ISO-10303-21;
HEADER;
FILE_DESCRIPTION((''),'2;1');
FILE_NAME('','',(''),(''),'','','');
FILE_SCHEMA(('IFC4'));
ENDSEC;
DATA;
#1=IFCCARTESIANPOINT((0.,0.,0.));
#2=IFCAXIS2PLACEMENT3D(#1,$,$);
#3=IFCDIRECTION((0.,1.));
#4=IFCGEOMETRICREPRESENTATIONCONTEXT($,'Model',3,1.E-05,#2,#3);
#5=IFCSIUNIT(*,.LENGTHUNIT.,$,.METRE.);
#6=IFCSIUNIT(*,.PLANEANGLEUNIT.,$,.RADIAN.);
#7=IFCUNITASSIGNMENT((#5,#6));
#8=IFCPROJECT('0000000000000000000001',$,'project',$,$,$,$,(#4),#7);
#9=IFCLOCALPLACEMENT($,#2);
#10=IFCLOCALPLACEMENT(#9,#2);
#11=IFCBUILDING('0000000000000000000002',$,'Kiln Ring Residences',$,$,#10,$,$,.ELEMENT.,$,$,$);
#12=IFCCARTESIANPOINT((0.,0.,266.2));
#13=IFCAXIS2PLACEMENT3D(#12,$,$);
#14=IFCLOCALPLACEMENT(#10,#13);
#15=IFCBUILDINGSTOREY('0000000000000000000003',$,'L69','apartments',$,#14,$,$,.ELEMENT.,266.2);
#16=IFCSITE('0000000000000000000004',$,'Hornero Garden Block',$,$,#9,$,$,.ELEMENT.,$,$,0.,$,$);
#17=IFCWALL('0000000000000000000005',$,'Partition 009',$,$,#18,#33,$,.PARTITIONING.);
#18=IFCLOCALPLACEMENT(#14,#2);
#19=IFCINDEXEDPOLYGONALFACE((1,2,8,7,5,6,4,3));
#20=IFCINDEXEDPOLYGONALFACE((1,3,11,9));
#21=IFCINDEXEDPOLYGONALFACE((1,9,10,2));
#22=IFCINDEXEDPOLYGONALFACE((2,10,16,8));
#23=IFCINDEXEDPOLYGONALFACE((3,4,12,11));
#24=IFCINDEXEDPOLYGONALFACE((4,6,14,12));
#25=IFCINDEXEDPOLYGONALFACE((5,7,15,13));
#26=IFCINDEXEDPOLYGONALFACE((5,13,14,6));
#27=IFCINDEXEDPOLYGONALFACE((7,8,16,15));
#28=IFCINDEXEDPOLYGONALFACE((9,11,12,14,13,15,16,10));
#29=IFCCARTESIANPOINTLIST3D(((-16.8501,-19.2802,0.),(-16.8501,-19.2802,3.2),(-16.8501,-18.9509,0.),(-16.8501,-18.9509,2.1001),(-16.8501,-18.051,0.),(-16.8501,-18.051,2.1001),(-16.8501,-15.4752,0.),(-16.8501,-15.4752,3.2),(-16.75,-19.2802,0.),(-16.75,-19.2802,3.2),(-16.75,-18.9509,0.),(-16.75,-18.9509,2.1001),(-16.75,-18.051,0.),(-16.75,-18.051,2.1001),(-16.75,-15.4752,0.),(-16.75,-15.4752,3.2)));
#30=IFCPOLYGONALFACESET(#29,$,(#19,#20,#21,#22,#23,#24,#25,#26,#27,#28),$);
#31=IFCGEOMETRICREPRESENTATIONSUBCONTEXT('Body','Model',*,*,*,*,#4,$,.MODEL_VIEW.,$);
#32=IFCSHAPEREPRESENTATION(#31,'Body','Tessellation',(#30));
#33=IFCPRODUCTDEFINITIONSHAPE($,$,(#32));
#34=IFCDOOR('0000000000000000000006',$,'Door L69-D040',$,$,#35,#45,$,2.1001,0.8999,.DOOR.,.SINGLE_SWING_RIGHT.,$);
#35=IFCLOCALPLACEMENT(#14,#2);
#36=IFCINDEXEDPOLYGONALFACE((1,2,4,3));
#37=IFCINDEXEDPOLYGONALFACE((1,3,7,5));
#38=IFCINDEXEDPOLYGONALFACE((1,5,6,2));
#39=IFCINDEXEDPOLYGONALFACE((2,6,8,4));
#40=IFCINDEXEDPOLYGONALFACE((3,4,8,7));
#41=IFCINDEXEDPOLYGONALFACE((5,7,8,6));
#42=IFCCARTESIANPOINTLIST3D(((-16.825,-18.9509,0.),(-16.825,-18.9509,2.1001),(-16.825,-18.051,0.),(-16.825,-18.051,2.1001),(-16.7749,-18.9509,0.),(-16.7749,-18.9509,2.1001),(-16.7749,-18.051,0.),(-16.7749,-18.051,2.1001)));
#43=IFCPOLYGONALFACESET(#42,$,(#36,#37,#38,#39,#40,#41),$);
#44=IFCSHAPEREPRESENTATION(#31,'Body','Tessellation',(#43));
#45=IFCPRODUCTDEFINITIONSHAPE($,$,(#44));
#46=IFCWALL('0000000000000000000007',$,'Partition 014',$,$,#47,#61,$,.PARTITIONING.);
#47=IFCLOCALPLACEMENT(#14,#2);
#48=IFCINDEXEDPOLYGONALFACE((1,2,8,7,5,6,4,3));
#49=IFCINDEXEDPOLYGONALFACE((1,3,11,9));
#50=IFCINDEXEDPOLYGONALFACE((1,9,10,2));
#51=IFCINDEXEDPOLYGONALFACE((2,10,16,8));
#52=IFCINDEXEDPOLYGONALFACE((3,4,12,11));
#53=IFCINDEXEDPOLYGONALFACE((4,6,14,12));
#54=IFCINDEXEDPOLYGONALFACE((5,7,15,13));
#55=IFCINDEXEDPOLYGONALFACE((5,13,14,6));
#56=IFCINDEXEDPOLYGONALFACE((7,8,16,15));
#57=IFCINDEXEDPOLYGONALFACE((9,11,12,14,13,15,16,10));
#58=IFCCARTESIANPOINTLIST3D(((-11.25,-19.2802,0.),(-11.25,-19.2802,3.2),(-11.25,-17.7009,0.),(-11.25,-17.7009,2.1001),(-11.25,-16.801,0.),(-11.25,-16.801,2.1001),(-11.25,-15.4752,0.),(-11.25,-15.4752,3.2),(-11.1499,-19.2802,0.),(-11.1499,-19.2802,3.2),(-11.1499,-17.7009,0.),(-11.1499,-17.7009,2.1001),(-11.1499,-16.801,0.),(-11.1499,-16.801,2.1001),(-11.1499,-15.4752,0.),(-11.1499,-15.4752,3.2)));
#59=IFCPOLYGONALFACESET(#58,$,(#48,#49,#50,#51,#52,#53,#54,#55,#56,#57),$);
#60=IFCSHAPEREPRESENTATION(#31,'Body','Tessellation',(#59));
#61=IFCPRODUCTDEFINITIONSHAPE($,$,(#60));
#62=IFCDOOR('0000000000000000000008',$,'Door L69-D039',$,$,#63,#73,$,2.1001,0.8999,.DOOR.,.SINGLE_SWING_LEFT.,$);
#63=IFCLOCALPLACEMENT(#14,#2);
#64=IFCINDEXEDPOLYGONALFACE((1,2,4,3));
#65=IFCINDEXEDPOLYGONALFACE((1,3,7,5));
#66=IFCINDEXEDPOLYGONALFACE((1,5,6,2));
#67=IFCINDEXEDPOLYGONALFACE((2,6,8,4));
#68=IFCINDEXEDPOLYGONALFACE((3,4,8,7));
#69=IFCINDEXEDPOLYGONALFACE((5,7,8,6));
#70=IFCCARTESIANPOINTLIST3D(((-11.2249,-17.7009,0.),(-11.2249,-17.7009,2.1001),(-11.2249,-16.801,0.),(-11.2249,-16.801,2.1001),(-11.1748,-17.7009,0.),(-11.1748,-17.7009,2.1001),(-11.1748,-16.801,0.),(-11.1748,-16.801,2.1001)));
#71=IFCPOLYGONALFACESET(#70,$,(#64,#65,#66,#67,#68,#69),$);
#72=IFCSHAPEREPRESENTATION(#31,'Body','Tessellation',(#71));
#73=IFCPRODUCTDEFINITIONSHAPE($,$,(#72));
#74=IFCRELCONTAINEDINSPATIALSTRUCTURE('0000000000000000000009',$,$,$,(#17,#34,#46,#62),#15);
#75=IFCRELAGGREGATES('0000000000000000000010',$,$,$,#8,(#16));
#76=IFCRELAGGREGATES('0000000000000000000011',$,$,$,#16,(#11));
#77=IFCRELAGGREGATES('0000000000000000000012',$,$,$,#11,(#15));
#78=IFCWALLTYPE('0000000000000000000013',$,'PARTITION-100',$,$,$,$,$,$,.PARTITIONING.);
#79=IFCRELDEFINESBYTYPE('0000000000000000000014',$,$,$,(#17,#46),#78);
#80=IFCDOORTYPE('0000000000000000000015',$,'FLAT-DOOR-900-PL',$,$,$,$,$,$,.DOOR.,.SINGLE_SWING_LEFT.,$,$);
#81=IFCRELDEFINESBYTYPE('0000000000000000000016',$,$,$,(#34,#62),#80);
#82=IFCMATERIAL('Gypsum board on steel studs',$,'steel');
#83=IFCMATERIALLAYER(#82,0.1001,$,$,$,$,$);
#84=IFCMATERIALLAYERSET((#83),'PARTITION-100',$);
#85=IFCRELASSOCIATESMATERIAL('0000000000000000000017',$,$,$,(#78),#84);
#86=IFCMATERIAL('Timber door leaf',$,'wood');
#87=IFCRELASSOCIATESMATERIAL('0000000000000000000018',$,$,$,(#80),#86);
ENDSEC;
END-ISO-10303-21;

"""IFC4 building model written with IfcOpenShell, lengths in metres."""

from ifc_helpers import new_model, si_unit, direction, frame, frame_2d, origin, place, context, subcontext, project, spatial, rectangle, extrude, material, layer, layer_set, type_object, element, fill, save


model = new_model("IFC4")

# Units and contexts
model_context = context("Model", 3, precision=1e-05, world=origin(), true_north=direction((0.0, 1.0)))
body_context = subcontext(model_context, "Body", "Model", "MODEL_VIEW")
ifc_project = project(units=[si_unit("LENGTHUNIT", "METRE"), si_unit("PLANEANGLEUNIT", "RADIAN")], contexts=[model_context])

# Site, building, storey
site_placement = place(None, origin())
site = spatial("IfcSite", under=ifc_project, at=site_placement, Name="Hornero Garden Block", CompositionType="ELEMENT", RefElevation=0.0)
building_placement = place(site_placement, origin())
building = spatial("IfcBuilding", under=site, at=building_placement, Name="Kiln Ring Residences", CompositionType="ELEMENT")
storey_placement = place(building_placement, frame((0.0, 0.0, 266.2)))
storey = spatial("IfcBuildingStorey", under=building, at=storey_placement, Name="L69", Description="apartments", CompositionType="ELEMENT", Elevation=266.2)

# Walls, openings, doors
ifc_material_1 = material(Name="Gypsum board on steel studs", Category="steel")
ifc_layer_1 = layer(ifc_material_1, 0.1001)
ifc_layer_set_1 = layer_set([ifc_layer_1], Name="PARTITION-100")
wall_type_1 = type_object("IfcWallType", Name="PARTITION-100", PredefinedType="PARTITIONING", material=ifc_layer_set_1)
wall_1_placement = place(storey_placement, frame((-16.8, -19.28, 0.0), z_axis=(0.0, 0.0, 1.0), x_axis=(0.0, 1.0, 0.0)))
wall_1 = element("IfcWall", 1, at=wall_1_placement, inside=storey, type_object=wall_type_1, Name="Partition 009", PredefinedType="PARTITIONING", context=body_context, shape_type="SweptSolid", body=[
    extrude(rectangle(XDim=3.8049, YDim=0.1001, at=frame_2d((1.9023, 0.0))), origin(), (0.0, 0.0, 1.0), 3.2),
])
opening_1_placement = place(wall_1_placement, frame((0.3291, 0.0, 0.0)))
opening_1 = element("IfcOpeningElement", 2, at=opening_1_placement, cuts=wall_1, PredefinedType="OPENING", context=body_context, shape_type="SweptSolid", body=[
    extrude(rectangle(XDim=0.8999, YDim=2.1001, at=frame_2d((0.45, 1.05))), frame((0.0, 0.0601, 0.0), z_axis=(0.0, -1.0, 0.0), x_axis=(1.0, 0.0, 0.0)), (0.0, 0.0, 1.0), 0.1201),
])
ifc_material_2 = material(Name="Timber door leaf", Category="wood")
door_type = type_object("IfcDoorType", Name="FLAT-DOOR-900-PL", OperationType="SINGLE_SWING_LEFT", PredefinedType="DOOR", material=ifc_material_2)
door_1_placement = place(opening_1_placement, origin())
door_1 = element("IfcDoor", 3, at=door_1_placement, inside=storey, type_object=door_type, Name="Door L69-D040", OperationType="SINGLE_SWING_RIGHT", OverallHeight=2.1001, OverallWidth=0.8999, PredefinedType="DOOR", context=body_context, shape_type="SweptSolid", body=[
    extrude(rectangle(XDim=0.8999, YDim=2.1001, at=frame_2d((0.45, 1.05))), frame((0.0, 0.0249, 0.0), z_axis=(0.0, -1.0, 0.0), x_axis=(1.0, 0.0, 0.0)), (0.0, 0.0, 1.0), 0.05),
])
fill(opening_1, door_1)
wall_2_placement = place(storey_placement, frame((-11.2, -19.28, 0.0), z_axis=(0.0, 0.0, 1.0), x_axis=(0.0, 1.0, 0.0)))
wall_2 = element("IfcWall", 4, at=wall_2_placement, inside=storey, type_object=wall_type_1, Name="Partition 014", PredefinedType="PARTITIONING", context=body_context, shape_type="SweptSolid", body=[
    extrude(rectangle(XDim=3.8049, YDim=0.1001, at=frame_2d((1.9023, 0.0))), origin(), (0.0, 0.0, 1.0), 3.2),
])
opening_2_placement = place(wall_2_placement, frame((1.5791, 0.0, 0.0)))
opening_2 = element("IfcOpeningElement", 5, at=opening_2_placement, cuts=wall_2, PredefinedType="OPENING", context=body_context, shape_type="SweptSolid", body=[
    extrude(rectangle(XDim=0.8999, YDim=2.1001, at=frame_2d((0.45, 1.05))), frame((0.0, 0.0601, 0.0), z_axis=(0.0, -1.0, 0.0), x_axis=(1.0, 0.0, 0.0)), (0.0, 0.0, 1.0), 0.1201),
])
door_2_placement = place(opening_2_placement, origin())
door_2 = element("IfcDoor", 6, at=door_2_placement, inside=storey, type_object=door_type, Name="Door L69-D039", OperationType="SINGLE_SWING_LEFT", OverallHeight=2.1001, OverallWidth=0.8999, PredefinedType="DOOR", context=body_context, shape_type="SweptSolid", body=[
    extrude(rectangle(XDim=0.8999, YDim=2.1001, at=frame_2d((0.45, 1.05))), frame((0.0, 0.0249, 0.0), z_axis=(0.0, -1.0, 0.0), x_axis=(1.0, 0.0, 0.0)), (0.0, 0.0, 1.0), 0.05),
])
fill(opening_2, door_2)

save(model, "model.ifc")
